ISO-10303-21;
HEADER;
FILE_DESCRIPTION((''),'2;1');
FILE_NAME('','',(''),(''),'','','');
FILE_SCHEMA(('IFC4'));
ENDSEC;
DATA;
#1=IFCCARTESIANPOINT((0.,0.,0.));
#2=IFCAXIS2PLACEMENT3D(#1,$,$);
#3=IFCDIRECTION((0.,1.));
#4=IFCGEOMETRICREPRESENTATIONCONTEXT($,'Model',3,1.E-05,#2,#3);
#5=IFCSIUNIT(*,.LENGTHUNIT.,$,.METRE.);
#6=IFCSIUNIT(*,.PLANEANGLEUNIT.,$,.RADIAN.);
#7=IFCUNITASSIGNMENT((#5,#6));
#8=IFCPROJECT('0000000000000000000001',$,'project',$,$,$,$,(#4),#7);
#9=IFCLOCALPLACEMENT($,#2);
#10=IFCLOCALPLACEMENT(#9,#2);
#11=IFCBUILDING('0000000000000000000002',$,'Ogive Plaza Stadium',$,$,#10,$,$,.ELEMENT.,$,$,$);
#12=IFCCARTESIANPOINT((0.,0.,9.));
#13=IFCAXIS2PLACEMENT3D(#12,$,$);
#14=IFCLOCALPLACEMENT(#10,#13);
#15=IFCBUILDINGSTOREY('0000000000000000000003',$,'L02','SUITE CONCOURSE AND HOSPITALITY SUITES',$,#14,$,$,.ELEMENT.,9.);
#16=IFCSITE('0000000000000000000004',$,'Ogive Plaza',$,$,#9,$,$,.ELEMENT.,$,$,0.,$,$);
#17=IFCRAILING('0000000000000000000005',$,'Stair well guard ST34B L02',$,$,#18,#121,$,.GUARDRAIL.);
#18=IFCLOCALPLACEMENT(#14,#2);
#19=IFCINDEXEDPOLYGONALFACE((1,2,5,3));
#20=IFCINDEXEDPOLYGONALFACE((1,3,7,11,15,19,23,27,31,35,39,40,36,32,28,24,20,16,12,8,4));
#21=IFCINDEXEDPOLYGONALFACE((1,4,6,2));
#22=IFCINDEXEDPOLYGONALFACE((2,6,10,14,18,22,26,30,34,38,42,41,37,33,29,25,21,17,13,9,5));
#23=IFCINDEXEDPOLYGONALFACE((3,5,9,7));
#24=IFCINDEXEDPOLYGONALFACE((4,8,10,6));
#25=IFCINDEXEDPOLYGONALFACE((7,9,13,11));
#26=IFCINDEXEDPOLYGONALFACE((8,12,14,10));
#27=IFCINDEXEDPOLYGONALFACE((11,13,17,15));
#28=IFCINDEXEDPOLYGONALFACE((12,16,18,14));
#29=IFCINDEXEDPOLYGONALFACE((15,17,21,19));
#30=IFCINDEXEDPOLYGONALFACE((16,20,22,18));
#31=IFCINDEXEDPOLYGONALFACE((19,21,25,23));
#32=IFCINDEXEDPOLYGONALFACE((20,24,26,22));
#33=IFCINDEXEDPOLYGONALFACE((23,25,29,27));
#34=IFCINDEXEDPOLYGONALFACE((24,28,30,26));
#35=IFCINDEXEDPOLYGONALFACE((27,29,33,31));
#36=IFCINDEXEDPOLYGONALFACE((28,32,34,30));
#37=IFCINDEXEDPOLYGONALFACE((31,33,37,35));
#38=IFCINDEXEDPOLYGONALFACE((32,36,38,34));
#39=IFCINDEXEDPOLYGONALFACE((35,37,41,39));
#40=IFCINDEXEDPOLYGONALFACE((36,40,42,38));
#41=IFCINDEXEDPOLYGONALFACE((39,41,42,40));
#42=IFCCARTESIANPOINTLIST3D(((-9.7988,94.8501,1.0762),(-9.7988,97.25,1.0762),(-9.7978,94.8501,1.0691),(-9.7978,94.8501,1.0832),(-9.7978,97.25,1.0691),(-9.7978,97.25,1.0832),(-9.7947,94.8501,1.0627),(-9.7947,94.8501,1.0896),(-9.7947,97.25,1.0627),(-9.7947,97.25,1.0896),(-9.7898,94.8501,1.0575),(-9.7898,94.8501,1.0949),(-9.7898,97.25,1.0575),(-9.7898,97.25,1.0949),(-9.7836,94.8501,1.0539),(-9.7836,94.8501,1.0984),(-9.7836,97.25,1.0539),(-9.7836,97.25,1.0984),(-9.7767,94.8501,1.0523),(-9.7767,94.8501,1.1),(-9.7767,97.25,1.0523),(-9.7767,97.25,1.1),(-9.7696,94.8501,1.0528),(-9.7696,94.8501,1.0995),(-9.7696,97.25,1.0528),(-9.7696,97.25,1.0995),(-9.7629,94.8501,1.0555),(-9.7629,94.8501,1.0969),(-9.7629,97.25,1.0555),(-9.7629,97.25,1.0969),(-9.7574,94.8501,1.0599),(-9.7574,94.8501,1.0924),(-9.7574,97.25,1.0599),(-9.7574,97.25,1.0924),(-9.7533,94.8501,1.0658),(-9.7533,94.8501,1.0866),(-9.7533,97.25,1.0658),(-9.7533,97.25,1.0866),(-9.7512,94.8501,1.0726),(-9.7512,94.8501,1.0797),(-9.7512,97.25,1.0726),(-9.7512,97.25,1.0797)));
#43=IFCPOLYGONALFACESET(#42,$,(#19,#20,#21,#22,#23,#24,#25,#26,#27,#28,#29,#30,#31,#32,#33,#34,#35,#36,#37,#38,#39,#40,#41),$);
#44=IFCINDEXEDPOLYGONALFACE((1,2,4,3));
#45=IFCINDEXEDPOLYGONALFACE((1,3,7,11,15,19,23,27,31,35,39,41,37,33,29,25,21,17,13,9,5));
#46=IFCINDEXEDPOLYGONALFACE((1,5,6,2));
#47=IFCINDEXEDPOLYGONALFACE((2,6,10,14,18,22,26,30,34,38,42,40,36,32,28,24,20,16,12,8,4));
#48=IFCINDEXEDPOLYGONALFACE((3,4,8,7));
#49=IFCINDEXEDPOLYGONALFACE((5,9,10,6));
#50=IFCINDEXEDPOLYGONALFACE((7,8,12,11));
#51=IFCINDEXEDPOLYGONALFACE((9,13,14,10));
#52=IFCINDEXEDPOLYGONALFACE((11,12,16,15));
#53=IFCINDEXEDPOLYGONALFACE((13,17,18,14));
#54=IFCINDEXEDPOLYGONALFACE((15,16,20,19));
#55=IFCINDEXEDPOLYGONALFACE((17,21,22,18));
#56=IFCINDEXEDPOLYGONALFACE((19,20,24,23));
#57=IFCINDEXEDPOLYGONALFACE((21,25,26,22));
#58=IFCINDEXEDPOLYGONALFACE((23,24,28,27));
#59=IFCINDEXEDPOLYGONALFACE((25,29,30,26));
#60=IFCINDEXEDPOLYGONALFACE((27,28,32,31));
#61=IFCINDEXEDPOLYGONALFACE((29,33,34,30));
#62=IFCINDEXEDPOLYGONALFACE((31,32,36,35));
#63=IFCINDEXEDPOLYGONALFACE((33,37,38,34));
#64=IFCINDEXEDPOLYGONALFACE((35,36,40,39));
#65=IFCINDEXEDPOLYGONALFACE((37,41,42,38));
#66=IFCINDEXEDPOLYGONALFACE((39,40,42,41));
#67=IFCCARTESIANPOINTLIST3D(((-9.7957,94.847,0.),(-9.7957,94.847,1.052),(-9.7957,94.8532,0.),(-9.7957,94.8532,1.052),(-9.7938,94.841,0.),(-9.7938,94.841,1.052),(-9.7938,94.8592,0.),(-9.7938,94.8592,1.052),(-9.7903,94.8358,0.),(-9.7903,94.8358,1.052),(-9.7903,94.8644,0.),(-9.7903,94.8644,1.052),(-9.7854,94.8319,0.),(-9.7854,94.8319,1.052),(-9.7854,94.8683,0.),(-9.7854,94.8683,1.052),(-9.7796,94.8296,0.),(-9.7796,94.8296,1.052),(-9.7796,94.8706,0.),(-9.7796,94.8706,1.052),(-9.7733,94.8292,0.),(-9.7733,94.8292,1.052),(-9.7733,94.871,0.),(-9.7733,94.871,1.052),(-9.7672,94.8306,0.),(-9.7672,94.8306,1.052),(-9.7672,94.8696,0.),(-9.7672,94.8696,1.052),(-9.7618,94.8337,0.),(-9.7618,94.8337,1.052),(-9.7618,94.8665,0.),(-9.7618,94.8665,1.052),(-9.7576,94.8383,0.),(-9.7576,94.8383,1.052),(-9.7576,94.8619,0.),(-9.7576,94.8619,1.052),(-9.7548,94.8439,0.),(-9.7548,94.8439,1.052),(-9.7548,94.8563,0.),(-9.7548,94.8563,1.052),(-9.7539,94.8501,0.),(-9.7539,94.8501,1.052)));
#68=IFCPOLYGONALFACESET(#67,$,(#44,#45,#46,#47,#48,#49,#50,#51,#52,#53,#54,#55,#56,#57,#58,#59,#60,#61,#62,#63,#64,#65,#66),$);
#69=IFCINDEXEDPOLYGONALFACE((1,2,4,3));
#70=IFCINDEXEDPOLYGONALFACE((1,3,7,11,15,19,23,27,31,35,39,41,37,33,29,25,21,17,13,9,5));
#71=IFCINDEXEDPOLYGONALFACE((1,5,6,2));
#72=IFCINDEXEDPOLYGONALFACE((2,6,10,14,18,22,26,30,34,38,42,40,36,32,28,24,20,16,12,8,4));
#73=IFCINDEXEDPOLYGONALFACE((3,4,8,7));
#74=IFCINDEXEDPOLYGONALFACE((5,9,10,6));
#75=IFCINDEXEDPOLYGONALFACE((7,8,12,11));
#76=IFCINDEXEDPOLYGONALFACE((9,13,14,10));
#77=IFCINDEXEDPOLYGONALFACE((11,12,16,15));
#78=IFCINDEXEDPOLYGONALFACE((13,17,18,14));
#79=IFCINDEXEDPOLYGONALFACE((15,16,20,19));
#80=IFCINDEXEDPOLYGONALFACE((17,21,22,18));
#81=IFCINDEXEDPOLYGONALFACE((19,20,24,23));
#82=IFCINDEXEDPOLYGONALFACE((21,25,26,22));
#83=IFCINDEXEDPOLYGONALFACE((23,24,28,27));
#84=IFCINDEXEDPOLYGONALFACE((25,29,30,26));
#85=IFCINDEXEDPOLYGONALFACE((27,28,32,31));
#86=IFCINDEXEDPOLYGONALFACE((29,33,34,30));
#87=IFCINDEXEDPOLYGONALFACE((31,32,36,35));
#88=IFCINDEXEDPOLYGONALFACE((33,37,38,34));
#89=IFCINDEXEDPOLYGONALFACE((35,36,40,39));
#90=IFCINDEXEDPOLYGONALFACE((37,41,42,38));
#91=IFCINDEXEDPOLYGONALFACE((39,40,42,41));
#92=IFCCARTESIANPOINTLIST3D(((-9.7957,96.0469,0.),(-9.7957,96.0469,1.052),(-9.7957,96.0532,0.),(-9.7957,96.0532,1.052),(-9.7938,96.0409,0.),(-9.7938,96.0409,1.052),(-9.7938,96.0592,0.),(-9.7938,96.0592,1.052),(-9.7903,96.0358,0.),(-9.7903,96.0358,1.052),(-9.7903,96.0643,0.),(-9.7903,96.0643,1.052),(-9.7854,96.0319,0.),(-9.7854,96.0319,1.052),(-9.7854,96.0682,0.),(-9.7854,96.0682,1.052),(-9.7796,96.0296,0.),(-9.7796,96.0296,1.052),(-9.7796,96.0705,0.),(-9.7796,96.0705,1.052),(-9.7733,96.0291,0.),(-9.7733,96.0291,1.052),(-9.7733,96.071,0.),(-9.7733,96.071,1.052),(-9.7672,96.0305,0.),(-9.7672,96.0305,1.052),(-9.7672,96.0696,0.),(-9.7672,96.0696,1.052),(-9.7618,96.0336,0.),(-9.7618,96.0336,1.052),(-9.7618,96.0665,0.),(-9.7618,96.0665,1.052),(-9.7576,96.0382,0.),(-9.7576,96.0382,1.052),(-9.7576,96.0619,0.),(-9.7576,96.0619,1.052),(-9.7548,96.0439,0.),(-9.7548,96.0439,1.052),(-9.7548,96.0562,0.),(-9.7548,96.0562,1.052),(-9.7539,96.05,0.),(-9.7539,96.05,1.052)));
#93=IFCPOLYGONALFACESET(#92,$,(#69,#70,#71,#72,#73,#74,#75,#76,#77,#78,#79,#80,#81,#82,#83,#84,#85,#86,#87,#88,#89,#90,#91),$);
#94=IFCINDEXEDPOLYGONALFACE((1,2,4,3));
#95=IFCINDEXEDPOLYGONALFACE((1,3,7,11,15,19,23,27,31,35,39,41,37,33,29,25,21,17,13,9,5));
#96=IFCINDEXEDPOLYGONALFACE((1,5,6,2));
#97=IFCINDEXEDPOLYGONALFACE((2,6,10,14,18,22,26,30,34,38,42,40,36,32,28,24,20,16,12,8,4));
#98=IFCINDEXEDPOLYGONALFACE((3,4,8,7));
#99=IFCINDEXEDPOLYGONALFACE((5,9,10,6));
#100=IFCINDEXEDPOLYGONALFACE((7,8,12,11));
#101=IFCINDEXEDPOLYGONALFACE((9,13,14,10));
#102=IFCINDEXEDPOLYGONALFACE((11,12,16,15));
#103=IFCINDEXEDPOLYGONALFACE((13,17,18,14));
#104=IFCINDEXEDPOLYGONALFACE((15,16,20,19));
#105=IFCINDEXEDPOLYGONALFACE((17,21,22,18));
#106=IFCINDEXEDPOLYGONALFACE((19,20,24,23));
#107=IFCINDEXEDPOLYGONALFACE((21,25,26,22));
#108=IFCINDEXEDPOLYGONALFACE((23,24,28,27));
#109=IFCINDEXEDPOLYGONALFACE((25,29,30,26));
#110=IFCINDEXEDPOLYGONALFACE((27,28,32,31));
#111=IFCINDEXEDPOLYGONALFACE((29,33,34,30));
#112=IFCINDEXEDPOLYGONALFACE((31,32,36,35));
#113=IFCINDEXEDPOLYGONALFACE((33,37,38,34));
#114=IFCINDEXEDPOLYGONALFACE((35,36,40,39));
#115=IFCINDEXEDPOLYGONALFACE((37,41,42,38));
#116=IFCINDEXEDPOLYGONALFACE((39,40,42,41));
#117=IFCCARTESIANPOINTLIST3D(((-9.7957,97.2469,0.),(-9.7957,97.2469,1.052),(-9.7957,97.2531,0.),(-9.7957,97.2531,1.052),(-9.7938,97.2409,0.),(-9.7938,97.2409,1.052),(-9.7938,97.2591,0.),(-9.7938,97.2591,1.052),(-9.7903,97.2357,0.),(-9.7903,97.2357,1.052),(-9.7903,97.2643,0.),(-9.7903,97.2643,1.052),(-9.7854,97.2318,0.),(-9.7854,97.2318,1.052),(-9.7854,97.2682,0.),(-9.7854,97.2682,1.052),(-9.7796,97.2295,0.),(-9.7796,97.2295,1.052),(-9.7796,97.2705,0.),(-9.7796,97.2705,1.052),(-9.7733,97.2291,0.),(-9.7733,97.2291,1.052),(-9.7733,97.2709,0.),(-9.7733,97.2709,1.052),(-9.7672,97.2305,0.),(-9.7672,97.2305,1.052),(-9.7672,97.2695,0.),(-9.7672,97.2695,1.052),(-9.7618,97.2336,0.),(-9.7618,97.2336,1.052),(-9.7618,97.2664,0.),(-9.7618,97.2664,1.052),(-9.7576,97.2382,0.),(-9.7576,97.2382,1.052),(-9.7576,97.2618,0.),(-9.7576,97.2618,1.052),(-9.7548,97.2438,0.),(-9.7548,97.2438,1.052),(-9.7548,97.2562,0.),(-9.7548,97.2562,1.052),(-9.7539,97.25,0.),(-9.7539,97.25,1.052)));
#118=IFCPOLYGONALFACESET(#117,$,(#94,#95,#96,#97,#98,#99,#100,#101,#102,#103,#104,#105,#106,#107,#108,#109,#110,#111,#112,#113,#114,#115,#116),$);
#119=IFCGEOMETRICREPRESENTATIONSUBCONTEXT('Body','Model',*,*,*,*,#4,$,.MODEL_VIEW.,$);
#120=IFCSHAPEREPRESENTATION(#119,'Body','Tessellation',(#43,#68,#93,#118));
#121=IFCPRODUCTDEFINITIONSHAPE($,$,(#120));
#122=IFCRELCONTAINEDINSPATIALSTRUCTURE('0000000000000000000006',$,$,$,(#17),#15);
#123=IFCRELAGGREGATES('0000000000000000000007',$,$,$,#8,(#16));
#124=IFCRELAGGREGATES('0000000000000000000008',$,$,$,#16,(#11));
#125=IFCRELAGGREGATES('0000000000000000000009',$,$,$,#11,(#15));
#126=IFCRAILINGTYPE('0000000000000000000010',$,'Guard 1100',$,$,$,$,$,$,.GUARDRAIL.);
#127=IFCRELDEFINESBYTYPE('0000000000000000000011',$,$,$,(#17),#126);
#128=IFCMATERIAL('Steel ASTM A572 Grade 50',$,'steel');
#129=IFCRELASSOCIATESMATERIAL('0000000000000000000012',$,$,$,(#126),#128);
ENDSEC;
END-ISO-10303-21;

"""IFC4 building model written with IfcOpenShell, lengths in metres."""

from ifc_helpers import new_model, si_unit, direction, frame, origin, origin_2d, place, context, subcontext, project, spatial, circle, extrude, material, type_object, element, save


model = new_model("IFC4")

# Units and contexts
model_context = context("Model", 3, precision=1e-05, world=origin(), true_north=direction((0.0, 1.0)))
body_context = subcontext(model_context, "Body", "Model", "MODEL_VIEW")
ifc_project = project(units=[si_unit("LENGTHUNIT", "METRE"), si_unit("PLANEANGLEUNIT", "RADIAN")], contexts=[model_context])

# Site, building, storey
site_placement = place(None, origin())
site = spatial("IfcSite", under=ifc_project, at=site_placement, Name="Ogive Plaza", CompositionType="ELEMENT", RefElevation=0.0)
building_placement = place(site_placement, origin())
building = spatial("IfcBuilding", under=site, at=building_placement, Name="Ogive Plaza Stadium", CompositionType="ELEMENT")
storey_placement = place(building_placement, frame((0.0, 0.0, 9.0)))
storey = spatial("IfcBuildingStorey", under=building, at=storey_placement, Name="L02", Description="SUITE CONCOURSE AND HOSPITALITY SUITES", CompositionType="ELEMENT", Elevation=9.0)

# Railing
ifc_material_1 = material(Name="Steel ASTM A572 Grade 50", Category="steel")
railing_type_1 = type_object("IfcRailingType", Name="Guard 1100", PredefinedType="GUARDRAIL", material=ifc_material_1)
railing_1_placement = place(storey_placement, frame((-9.7749, 94.8501, 0.0)))
element("IfcRailing", 1, at=railing_1_placement, inside=storey, type_object=railing_type_1, Name="Stair well guard ST34B L02", PredefinedType="GUARDRAIL", context=body_context, shape_type="SweptSolid", body=[
    extrude(circle(Radius=0.0239, at=origin_2d()), frame((0.0, 0.0, 1.0762), z_axis=(0.0, 1.0, 0.0), x_axis=(-1.0, 0.0, 0.0)), (0.0, 0.0, 1.0), 2.3999),
    extrude(circle(Radius=0.021, at=origin_2d()), origin(), (0.0, 0.0, 1.0), 1.052),
    extrude(circle(Radius=0.021, at=origin_2d()), frame((0.0, 1.2, 0.0)), (0.0, 0.0, 1.0), 1.052),
    extrude(circle(Radius=0.021, at=origin_2d()), frame((0.0, 2.3999, 0.0)), (0.0, 0.0, 1.0), 1.052),
])

save(model, "model.ifc")
